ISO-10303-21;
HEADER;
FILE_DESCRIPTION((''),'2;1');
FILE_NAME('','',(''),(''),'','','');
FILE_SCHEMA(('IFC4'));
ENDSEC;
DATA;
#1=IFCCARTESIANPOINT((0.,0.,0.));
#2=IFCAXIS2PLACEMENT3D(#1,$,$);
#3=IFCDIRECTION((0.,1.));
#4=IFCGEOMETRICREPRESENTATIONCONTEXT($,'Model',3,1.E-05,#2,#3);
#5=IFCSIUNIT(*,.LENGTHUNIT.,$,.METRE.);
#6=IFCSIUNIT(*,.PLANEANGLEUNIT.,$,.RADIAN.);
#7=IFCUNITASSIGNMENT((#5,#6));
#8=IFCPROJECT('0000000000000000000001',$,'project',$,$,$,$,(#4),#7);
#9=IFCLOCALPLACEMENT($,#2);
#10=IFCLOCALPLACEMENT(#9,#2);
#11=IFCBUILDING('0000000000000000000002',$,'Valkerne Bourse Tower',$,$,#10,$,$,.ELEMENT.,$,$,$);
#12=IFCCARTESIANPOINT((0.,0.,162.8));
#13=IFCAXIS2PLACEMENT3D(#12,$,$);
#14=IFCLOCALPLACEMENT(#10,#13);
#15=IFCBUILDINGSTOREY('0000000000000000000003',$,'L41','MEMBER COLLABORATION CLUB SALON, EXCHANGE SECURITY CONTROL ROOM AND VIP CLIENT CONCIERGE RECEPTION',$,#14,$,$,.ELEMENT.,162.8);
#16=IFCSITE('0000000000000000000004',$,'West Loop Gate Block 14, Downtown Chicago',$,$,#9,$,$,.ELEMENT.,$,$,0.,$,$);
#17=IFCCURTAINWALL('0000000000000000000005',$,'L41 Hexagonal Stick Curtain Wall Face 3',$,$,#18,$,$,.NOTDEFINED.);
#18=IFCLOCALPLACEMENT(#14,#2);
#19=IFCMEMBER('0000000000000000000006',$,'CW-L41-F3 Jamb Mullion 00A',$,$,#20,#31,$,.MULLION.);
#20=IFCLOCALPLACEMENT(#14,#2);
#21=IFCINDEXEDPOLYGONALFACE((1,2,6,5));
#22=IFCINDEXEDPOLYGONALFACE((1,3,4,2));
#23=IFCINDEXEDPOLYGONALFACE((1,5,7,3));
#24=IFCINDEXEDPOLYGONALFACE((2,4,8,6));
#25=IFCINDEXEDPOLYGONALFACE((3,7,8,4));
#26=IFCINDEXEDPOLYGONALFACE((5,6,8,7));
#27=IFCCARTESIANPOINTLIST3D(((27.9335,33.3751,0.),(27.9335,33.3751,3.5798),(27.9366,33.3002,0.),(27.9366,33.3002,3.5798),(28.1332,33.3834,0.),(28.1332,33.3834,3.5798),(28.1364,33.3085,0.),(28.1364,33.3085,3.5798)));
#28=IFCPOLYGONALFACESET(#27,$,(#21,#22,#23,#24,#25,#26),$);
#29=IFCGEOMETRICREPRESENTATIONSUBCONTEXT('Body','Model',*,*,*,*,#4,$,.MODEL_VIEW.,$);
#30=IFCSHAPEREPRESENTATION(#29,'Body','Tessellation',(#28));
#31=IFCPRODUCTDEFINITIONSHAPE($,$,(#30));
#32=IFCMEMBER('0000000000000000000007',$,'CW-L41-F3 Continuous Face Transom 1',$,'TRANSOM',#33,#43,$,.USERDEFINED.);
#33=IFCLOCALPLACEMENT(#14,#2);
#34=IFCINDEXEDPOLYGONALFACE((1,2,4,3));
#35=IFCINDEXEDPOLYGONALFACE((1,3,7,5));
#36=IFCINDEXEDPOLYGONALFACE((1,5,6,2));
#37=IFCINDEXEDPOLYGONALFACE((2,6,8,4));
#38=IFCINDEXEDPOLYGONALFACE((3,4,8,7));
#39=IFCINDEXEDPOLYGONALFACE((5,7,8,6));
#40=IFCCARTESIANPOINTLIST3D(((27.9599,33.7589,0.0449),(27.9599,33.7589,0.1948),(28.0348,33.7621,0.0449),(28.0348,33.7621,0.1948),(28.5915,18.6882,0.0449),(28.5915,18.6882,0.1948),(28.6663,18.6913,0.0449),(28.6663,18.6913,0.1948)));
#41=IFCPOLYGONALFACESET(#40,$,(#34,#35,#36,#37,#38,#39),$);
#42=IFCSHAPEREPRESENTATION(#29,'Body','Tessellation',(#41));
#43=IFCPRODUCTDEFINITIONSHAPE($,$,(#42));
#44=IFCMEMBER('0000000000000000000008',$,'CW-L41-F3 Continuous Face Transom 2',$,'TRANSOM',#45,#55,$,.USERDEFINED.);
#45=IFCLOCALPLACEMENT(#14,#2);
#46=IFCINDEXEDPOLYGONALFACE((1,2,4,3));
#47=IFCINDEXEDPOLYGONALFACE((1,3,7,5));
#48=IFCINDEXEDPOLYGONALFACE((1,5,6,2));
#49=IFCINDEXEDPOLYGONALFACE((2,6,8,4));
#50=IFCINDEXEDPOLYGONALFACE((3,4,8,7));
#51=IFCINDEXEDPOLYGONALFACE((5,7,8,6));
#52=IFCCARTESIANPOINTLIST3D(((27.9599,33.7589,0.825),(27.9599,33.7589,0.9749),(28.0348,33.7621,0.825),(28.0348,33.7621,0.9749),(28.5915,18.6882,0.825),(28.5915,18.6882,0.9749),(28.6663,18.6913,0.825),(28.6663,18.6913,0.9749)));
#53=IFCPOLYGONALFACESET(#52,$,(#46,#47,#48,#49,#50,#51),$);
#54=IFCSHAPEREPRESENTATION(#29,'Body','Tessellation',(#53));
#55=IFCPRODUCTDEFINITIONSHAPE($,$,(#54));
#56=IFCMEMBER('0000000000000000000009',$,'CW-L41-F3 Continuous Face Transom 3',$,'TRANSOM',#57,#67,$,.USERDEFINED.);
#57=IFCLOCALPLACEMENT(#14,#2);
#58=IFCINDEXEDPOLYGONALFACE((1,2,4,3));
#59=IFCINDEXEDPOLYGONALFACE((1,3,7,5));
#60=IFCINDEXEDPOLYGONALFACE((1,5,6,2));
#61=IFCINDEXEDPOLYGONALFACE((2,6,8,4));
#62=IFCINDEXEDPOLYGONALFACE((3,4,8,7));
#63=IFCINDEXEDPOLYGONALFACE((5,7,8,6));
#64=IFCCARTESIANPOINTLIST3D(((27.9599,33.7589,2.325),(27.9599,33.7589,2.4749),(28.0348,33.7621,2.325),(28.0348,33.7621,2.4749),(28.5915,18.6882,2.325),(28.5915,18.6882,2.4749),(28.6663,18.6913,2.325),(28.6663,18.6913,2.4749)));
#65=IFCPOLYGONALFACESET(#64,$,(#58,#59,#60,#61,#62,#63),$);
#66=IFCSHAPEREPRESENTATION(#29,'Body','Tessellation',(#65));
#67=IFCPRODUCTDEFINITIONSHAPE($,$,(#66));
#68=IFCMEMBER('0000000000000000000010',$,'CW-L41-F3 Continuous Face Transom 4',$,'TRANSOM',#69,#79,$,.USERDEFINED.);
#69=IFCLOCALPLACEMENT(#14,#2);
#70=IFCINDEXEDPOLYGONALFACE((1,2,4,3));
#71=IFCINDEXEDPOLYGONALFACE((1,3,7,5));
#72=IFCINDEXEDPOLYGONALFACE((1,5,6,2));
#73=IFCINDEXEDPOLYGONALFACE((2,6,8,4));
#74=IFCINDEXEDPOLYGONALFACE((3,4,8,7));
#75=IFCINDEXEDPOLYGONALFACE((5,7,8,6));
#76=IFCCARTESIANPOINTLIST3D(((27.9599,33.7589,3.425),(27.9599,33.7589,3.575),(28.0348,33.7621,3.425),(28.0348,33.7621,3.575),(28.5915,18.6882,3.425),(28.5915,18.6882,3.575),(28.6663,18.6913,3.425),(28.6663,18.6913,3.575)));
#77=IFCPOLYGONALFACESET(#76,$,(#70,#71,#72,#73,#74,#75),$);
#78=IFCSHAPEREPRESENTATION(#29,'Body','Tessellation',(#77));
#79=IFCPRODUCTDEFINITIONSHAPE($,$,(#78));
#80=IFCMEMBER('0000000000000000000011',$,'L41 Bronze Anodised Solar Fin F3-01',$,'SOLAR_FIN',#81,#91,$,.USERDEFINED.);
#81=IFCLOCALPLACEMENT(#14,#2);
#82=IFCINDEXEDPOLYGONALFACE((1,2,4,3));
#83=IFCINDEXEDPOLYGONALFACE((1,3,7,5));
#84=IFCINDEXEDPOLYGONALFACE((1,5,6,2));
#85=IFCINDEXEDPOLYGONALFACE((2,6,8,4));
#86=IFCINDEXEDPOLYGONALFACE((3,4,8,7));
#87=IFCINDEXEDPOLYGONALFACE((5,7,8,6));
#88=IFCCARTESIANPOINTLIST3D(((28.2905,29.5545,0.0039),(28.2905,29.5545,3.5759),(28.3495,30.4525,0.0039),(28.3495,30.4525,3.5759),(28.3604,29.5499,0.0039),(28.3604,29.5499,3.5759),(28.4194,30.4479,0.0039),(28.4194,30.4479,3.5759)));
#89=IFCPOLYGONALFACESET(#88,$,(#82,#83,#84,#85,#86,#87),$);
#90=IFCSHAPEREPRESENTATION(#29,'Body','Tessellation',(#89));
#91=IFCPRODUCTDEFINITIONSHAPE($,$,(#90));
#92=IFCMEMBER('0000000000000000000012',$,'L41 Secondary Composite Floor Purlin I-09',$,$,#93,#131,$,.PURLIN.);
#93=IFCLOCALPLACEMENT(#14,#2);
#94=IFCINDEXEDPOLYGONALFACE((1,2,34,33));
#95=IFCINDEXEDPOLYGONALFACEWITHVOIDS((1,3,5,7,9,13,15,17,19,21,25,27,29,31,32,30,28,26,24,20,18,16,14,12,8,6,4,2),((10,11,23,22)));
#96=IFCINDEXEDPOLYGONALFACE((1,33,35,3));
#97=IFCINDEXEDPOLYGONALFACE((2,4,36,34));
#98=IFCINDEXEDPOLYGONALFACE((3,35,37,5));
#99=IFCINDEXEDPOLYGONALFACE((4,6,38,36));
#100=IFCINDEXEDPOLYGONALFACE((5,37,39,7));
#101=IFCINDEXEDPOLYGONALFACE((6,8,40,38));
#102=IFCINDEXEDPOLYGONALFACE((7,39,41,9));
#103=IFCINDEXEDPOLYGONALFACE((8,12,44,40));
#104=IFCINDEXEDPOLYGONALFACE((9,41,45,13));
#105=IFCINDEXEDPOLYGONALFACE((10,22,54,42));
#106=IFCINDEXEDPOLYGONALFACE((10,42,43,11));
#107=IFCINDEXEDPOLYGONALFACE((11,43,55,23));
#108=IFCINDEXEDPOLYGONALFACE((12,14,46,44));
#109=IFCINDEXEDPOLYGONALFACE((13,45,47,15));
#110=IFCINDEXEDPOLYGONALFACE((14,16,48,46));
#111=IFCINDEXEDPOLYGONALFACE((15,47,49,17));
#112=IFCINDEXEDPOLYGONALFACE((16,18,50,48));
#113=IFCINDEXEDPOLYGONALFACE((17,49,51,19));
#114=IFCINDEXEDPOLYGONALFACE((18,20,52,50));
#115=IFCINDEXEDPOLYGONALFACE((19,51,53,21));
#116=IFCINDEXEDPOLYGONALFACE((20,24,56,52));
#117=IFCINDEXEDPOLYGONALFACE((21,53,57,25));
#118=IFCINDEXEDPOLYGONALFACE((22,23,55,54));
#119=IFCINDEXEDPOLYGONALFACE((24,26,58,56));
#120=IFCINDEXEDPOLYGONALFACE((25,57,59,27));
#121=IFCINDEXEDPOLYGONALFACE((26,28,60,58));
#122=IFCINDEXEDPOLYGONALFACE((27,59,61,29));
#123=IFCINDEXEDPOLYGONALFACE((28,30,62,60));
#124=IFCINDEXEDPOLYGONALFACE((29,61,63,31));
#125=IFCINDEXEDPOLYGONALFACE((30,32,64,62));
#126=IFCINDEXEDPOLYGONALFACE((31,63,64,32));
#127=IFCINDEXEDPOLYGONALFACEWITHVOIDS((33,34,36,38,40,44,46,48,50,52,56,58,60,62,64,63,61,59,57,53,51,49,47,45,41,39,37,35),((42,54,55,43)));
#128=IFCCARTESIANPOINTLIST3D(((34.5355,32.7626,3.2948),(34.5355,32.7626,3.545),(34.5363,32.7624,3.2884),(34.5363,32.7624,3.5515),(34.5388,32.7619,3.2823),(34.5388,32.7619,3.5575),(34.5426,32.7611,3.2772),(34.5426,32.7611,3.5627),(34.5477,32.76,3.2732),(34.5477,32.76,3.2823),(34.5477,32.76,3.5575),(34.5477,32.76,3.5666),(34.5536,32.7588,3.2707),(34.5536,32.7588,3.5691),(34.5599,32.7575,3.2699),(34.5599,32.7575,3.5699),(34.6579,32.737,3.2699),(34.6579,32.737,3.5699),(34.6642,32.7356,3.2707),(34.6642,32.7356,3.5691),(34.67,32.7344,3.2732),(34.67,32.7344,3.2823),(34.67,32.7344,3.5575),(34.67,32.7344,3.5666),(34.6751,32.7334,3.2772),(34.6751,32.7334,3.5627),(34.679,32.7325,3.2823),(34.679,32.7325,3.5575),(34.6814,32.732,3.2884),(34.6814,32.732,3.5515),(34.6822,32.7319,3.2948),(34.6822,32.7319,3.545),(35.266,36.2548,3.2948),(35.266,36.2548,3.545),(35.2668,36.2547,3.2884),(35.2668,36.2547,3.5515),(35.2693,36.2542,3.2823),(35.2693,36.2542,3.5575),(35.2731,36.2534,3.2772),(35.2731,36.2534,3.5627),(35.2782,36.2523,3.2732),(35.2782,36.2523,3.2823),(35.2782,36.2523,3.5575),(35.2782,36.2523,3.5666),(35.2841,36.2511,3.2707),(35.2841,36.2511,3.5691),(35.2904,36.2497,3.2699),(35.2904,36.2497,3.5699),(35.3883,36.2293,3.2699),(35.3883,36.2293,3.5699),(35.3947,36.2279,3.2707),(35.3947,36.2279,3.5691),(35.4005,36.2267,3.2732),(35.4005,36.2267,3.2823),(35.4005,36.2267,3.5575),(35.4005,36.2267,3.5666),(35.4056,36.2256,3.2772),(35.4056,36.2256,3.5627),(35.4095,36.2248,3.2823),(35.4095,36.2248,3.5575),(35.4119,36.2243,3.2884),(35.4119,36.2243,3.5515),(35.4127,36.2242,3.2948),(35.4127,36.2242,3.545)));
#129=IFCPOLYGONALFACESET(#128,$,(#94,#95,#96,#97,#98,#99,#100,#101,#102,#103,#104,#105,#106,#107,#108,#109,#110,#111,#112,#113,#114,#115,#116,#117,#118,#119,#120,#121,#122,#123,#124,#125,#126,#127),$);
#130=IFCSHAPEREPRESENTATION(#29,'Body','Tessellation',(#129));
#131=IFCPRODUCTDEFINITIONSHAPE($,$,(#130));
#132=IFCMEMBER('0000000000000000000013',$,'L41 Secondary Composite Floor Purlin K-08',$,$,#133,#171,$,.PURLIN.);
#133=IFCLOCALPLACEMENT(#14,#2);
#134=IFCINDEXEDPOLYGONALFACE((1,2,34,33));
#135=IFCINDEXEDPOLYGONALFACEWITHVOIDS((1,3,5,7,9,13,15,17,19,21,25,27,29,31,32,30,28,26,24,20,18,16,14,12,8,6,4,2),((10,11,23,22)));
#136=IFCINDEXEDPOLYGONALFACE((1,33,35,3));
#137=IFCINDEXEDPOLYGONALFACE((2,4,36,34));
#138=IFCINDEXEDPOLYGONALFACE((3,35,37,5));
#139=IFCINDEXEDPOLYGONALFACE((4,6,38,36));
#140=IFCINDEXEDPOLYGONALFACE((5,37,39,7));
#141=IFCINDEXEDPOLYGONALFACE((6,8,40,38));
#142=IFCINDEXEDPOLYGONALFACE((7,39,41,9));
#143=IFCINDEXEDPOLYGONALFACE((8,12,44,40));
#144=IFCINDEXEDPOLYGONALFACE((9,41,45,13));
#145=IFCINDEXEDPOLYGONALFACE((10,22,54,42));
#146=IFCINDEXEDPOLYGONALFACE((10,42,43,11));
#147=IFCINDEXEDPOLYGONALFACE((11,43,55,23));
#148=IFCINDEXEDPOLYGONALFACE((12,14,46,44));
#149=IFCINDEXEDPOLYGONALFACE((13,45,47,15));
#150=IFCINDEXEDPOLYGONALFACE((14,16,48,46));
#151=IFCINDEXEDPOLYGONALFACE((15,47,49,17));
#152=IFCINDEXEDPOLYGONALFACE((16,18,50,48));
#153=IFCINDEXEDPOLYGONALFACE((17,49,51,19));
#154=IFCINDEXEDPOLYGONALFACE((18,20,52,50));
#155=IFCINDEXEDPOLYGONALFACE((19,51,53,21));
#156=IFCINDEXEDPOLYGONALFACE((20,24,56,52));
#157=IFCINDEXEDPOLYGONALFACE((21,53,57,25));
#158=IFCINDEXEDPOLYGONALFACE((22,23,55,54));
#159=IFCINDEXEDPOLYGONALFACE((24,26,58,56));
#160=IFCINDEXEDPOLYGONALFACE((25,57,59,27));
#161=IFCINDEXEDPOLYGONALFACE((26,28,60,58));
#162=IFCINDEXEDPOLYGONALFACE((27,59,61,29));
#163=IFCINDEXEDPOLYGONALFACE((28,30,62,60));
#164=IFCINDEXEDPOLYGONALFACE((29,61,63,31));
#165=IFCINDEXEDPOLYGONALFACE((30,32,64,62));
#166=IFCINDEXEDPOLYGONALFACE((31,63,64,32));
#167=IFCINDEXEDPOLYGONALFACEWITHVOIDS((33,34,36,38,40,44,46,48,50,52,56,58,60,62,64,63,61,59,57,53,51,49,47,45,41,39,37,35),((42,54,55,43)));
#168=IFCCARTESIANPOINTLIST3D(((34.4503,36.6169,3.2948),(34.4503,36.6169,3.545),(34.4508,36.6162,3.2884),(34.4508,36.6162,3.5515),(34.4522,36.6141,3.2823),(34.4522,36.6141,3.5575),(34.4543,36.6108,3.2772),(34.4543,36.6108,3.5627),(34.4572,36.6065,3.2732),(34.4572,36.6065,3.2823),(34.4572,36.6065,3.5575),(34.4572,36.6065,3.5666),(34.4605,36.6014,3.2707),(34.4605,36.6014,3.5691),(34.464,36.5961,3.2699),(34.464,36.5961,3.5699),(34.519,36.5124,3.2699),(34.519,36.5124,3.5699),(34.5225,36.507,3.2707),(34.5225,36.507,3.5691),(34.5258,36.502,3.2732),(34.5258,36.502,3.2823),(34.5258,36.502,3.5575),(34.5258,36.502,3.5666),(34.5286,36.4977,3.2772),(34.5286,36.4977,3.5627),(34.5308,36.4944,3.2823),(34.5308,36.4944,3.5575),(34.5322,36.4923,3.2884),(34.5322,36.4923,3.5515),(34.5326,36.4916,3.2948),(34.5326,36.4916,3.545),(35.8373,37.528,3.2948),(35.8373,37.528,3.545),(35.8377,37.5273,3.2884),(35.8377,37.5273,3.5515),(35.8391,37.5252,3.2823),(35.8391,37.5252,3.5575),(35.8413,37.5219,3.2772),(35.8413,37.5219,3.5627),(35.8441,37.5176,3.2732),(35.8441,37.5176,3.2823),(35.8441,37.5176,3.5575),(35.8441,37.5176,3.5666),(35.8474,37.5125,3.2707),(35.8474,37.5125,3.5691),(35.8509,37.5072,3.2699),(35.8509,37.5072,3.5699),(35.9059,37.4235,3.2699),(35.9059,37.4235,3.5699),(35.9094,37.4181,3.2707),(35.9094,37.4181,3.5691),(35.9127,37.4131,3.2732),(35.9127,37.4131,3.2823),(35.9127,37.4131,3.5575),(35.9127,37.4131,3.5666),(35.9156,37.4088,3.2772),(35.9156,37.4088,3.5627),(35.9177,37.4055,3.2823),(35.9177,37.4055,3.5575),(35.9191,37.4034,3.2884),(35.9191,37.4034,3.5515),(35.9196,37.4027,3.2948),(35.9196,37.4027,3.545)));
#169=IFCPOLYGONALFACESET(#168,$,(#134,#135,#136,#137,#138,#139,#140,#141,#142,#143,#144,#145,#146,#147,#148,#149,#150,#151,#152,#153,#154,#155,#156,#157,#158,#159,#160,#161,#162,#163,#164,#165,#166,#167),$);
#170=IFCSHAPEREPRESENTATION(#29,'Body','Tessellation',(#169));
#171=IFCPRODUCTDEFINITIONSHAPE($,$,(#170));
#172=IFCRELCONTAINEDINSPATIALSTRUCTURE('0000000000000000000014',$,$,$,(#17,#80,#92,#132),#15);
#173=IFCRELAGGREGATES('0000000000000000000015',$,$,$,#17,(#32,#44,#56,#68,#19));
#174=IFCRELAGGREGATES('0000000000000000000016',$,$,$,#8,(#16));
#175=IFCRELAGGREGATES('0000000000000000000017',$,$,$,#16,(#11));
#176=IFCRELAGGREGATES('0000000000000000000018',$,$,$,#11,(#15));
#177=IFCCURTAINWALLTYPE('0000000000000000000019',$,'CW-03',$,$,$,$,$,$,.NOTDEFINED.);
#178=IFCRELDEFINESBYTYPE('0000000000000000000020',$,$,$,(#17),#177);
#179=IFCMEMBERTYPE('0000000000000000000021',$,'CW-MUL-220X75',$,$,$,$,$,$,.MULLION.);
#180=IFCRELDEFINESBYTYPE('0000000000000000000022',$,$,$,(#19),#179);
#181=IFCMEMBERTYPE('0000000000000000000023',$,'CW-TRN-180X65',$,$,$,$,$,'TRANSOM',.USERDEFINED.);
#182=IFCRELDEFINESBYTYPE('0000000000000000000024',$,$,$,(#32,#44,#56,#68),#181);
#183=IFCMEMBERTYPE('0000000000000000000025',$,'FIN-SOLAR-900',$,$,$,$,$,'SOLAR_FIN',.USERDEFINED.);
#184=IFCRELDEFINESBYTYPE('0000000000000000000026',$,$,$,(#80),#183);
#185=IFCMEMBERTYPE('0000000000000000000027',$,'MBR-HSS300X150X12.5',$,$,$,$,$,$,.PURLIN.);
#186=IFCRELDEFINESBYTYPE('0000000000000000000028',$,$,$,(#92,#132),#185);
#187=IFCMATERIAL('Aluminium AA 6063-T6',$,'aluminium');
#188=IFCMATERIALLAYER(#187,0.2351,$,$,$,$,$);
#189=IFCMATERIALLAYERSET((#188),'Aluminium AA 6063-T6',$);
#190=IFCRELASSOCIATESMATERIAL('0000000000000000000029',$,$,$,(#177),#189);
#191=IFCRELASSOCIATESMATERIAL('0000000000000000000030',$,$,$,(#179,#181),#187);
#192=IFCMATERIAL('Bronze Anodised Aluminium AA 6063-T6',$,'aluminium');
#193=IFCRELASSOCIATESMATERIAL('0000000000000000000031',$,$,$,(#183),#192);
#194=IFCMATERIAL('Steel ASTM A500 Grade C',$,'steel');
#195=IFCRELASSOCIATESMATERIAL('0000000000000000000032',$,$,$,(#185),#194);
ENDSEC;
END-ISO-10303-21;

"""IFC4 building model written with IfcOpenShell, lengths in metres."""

from ifc_helpers import new_model, si_unit, direction, frame, origin, origin_2d, place, context, subcontext, project, spatial, rectangle, hollow_rectangle, extrude, material, layer, layer_set, material_profile, profile_set, type_object, element, aggregate, save


model = new_model("IFC4")

# Units and contexts
model_context = context("Model", 3, precision=1e-05, world=origin(), true_north=direction((0.0, 1.0)))
body_context = subcontext(model_context, "Body", "Model", "MODEL_VIEW")
ifc_project = project(units=[si_unit("LENGTHUNIT", "METRE"), si_unit("PLANEANGLEUNIT", "RADIAN")], contexts=[model_context])

# Site, building, storey
site_placement = place(None, origin())
site = spatial("IfcSite", under=ifc_project, at=site_placement, Name="West Loop Gate Block 14, Downtown Chicago", CompositionType="ELEMENT", RefElevation=0.0)
building_placement = place(site_placement, origin())
building = spatial("IfcBuilding", under=site, at=building_placement, Name="Valkerne Bourse Tower", CompositionType="ELEMENT")
storey_placement = place(building_placement, frame((0.0, 0.0, 162.8)))
storey = spatial("IfcBuildingStorey", under=building, at=storey_placement, Name="L41", Description="MEMBER COLLABORATION CLUB SALON, EXCHANGE SECURITY CONTROL ROOM AND VIP CLIENT CONCIERGE RECEPTION", CompositionType="ELEMENT", Elevation=162.8)

# Curtain wall, members
ifc_material_1 = material(Name="Aluminium AA 6063-T6", Category="aluminium")
ifc_layer_1 = layer(ifc_material_1, 0.2351)
ifc_layer_set_1 = layer_set([ifc_layer_1], Name="Aluminium AA 6063-T6")
curtain_wall_type = type_object("IfcCurtainWallType", Name="CW-03", PredefinedType="NOTDEFINED", material=ifc_layer_set_1)
curtain_wall_placement = place(storey_placement, origin())
curtain_wall = element("IfcCurtainWall", 1, at=curtain_wall_placement, inside=storey, type_object=curtain_wall_type, Name="L41 Hexagonal Stick Curtain Wall Face 3", PredefinedType="NOTDEFINED")
ifc_material_profile_1 = material_profile(ifc_material_1, rectangle(XDim=0.075, YDim=0.2, at=origin_2d()), Name="CWM-75X200")
ifc_profile_set_1 = profile_set([ifc_material_profile_1], Name="Aluminium AA 6063-T6")
member_type_1 = type_object("IfcMemberType", Name="CW-MUL-220X75", PredefinedType="MULLION", material=ifc_profile_set_1)
member_1_placement = place(storey_placement, frame((28.0349, 33.3418, 0.0), z_axis=(0.0, 0.0, 1.0), x_axis=(0.041872, -0.999123, 0.0)))
member_1 = element("IfcMember", 2, at=member_1_placement, type_object=member_type_1, Name="CW-L41-F3 Jamb Mullion 00A", PredefinedType="MULLION", context=body_context, shape_type="SweptSolid", body=[
    extrude(rectangle(XDim=0.075, YDim=0.2, at=origin_2d()), origin(), (0.0, 0.0, 1.0), 3.5798),
])
ifc_material_profile_2 = material_profile(ifc_material_1, rectangle(XDim=0.075, YDim=0.1499, at=origin_2d()), Name="CWT-75X150")
ifc_profile_set_2 = profile_set([ifc_material_profile_2], Name="Aluminium AA 6063-T6")
member_type_2 = type_object("IfcMemberType", Name="CW-TRN-180X65", ElementType="TRANSOM", PredefinedType="USERDEFINED", material=ifc_profile_set_2)
member_2_placement = place(storey_placement, frame((27.9973, 33.7605, 0.1199), z_axis=(0.041872, -0.999123, 0.0), x_axis=(0.999123, 0.041872, 0.0)))
member_2 = element("IfcMember", 3, at=member_2_placement, type_object=member_type_2, Name="CW-L41-F3 Continuous Face Transom 1", ObjectType="TRANSOM", PredefinedType="USERDEFINED", context=body_context, shape_type="SweptSolid", body=[
    extrude(rectangle(XDim=0.075, YDim=0.1499, at=origin_2d()), origin(), (0.0, 0.0, 1.0), 15.084),
])
member_3_placement = place(storey_placement, frame((27.9973, 33.7605, 0.8999), z_axis=(0.041872, -0.999123, 0.0), x_axis=(0.999123, 0.041872, 0.0)))
member_3 = element("IfcMember", 4, at=member_3_placement, type_object=member_type_2, Name="CW-L41-F3 Continuous Face Transom 2", ObjectType="TRANSOM", PredefinedType="USERDEFINED", context=body_context, shape_type="SweptSolid", body=[
    extrude(rectangle(XDim=0.075, YDim=0.1499, at=origin_2d()), origin(), (0.0, 0.0, 1.0), 15.084),
])
member_4_placement = place(storey_placement, frame((27.9973, 33.7605, 2.3999), z_axis=(0.041872, -0.999123, 0.0), x_axis=(0.999123, 0.041872, 0.0)))
member_4 = element("IfcMember", 5, at=member_4_placement, type_object=member_type_2, Name="CW-L41-F3 Continuous Face Transom 3", ObjectType="TRANSOM", PredefinedType="USERDEFINED", context=body_context, shape_type="SweptSolid", body=[
    extrude(rectangle(XDim=0.075, YDim=0.1499, at=origin_2d()), origin(), (0.0, 0.0, 1.0), 15.084),
])
member_5_placement = place(storey_placement, frame((27.9973, 33.7605, 3.5), z_axis=(0.041872, -0.999123, 0.0), x_axis=(0.999123, 0.041872, 0.0)))
member_5 = element("IfcMember", 6, at=member_5_placement, type_object=member_type_2, Name="CW-L41-F3 Continuous Face Transom 4", ObjectType="TRANSOM", PredefinedType="USERDEFINED", context=body_context, shape_type="SweptSolid", body=[
    extrude(rectangle(XDim=0.075, YDim=0.1499, at=origin_2d()), origin(), (0.0, 0.0, 1.0), 15.084),
])

# Members
ifc_material_2 = material(Name="Bronze Anodised Aluminium AA 6063-T6", Category="aluminium")
ifc_material_profile_3 = material_profile(ifc_material_2, rectangle(XDim=0.0701, YDim=0.8999, at=origin_2d()), Name="FIN-70X900")
ifc_profile_set_3 = profile_set([ifc_material_profile_3], Name="Bronze Anodised Aluminium AA 6063-T6")
member_type_3 = type_object("IfcMemberType", Name="FIN-SOLAR-900", ElementType="SOLAR_FIN", PredefinedType="USERDEFINED", material=ifc_profile_set_3)
member_6_placement = place(storey_placement, frame((28.355, 30.0012, 0.0039), z_axis=(0.0, 0.0, 1.0), x_axis=(-0.997848, 0.065567, 0.0)))
element("IfcMember", 7, at=member_6_placement, inside=storey, type_object=member_type_3, Name="L41 Bronze Anodised Solar Fin F3-01", ObjectType="SOLAR_FIN", PredefinedType="USERDEFINED", context=body_context, shape_type="SweptSolid", body=[
    extrude(rectangle(XDim=0.0701, YDim=0.8999, at=origin_2d()), origin(), (0.0, 0.0, 1.0), 3.572),
])
ifc_material_3 = material(Name="Steel ASTM A500 Grade C", Category="steel")
ifc_material_profile_4 = material_profile(ifc_material_3, hollow_rectangle(XDim=0.1499, YDim=0.3, WallThickness=0.0125, OuterFilletRadius=0.0249, at=origin_2d()), Name="HSS300X150X12.5")
ifc_profile_set_4 = profile_set([ifc_material_profile_4], Name="Steel ASTM A500 Grade C")
member_type_4 = type_object("IfcMemberType", Name="MBR-HSS300X150X12.5", PredefinedType="PURLIN", material=ifc_profile_set_4)
member_7_placement = place(storey_placement, frame((35.3394, 36.2395, 3.4199), z_axis=(-0.204741, -0.978816, 0.0), x_axis=(0.978816, -0.204741, 0.0)))
element("IfcMember", 8, at=member_7_placement, inside=storey, type_object=member_type_4, Name="L41 Secondary Composite Floor Purlin I-09", PredefinedType="PURLIN", context=body_context, shape_type="SweptSolid", body=[
    extrude(hollow_rectangle(XDim=0.1499, YDim=0.3, WallThickness=0.0125, OuterFilletRadius=0.0249, at=origin_2d()), origin(), (0.0, 0.0, 1.0), 3.5679),
])
member_8_placement = place(storey_placement, frame((35.8784, 37.4653, 3.4199), z_axis=(-0.835788, -0.549052, 0.0), x_axis=(0.549052, -0.835788, 0.0)))
element("IfcMember", 9, at=member_8_placement, inside=storey, type_object=member_type_4, Name="L41 Secondary Composite Floor Purlin K-08", PredefinedType="PURLIN", context=body_context, shape_type="SweptSolid", body=[
    extrude(hollow_rectangle(XDim=0.1499, YDim=0.3, WallThickness=0.0125, OuterFilletRadius=0.0249, at=origin_2d()), origin(), (0.0, 0.0, 1.0), 1.6594),
])

aggregate(curtain_wall, [member_2, member_3, member_4, member_5, member_1])

save(model, "model.ifc")
